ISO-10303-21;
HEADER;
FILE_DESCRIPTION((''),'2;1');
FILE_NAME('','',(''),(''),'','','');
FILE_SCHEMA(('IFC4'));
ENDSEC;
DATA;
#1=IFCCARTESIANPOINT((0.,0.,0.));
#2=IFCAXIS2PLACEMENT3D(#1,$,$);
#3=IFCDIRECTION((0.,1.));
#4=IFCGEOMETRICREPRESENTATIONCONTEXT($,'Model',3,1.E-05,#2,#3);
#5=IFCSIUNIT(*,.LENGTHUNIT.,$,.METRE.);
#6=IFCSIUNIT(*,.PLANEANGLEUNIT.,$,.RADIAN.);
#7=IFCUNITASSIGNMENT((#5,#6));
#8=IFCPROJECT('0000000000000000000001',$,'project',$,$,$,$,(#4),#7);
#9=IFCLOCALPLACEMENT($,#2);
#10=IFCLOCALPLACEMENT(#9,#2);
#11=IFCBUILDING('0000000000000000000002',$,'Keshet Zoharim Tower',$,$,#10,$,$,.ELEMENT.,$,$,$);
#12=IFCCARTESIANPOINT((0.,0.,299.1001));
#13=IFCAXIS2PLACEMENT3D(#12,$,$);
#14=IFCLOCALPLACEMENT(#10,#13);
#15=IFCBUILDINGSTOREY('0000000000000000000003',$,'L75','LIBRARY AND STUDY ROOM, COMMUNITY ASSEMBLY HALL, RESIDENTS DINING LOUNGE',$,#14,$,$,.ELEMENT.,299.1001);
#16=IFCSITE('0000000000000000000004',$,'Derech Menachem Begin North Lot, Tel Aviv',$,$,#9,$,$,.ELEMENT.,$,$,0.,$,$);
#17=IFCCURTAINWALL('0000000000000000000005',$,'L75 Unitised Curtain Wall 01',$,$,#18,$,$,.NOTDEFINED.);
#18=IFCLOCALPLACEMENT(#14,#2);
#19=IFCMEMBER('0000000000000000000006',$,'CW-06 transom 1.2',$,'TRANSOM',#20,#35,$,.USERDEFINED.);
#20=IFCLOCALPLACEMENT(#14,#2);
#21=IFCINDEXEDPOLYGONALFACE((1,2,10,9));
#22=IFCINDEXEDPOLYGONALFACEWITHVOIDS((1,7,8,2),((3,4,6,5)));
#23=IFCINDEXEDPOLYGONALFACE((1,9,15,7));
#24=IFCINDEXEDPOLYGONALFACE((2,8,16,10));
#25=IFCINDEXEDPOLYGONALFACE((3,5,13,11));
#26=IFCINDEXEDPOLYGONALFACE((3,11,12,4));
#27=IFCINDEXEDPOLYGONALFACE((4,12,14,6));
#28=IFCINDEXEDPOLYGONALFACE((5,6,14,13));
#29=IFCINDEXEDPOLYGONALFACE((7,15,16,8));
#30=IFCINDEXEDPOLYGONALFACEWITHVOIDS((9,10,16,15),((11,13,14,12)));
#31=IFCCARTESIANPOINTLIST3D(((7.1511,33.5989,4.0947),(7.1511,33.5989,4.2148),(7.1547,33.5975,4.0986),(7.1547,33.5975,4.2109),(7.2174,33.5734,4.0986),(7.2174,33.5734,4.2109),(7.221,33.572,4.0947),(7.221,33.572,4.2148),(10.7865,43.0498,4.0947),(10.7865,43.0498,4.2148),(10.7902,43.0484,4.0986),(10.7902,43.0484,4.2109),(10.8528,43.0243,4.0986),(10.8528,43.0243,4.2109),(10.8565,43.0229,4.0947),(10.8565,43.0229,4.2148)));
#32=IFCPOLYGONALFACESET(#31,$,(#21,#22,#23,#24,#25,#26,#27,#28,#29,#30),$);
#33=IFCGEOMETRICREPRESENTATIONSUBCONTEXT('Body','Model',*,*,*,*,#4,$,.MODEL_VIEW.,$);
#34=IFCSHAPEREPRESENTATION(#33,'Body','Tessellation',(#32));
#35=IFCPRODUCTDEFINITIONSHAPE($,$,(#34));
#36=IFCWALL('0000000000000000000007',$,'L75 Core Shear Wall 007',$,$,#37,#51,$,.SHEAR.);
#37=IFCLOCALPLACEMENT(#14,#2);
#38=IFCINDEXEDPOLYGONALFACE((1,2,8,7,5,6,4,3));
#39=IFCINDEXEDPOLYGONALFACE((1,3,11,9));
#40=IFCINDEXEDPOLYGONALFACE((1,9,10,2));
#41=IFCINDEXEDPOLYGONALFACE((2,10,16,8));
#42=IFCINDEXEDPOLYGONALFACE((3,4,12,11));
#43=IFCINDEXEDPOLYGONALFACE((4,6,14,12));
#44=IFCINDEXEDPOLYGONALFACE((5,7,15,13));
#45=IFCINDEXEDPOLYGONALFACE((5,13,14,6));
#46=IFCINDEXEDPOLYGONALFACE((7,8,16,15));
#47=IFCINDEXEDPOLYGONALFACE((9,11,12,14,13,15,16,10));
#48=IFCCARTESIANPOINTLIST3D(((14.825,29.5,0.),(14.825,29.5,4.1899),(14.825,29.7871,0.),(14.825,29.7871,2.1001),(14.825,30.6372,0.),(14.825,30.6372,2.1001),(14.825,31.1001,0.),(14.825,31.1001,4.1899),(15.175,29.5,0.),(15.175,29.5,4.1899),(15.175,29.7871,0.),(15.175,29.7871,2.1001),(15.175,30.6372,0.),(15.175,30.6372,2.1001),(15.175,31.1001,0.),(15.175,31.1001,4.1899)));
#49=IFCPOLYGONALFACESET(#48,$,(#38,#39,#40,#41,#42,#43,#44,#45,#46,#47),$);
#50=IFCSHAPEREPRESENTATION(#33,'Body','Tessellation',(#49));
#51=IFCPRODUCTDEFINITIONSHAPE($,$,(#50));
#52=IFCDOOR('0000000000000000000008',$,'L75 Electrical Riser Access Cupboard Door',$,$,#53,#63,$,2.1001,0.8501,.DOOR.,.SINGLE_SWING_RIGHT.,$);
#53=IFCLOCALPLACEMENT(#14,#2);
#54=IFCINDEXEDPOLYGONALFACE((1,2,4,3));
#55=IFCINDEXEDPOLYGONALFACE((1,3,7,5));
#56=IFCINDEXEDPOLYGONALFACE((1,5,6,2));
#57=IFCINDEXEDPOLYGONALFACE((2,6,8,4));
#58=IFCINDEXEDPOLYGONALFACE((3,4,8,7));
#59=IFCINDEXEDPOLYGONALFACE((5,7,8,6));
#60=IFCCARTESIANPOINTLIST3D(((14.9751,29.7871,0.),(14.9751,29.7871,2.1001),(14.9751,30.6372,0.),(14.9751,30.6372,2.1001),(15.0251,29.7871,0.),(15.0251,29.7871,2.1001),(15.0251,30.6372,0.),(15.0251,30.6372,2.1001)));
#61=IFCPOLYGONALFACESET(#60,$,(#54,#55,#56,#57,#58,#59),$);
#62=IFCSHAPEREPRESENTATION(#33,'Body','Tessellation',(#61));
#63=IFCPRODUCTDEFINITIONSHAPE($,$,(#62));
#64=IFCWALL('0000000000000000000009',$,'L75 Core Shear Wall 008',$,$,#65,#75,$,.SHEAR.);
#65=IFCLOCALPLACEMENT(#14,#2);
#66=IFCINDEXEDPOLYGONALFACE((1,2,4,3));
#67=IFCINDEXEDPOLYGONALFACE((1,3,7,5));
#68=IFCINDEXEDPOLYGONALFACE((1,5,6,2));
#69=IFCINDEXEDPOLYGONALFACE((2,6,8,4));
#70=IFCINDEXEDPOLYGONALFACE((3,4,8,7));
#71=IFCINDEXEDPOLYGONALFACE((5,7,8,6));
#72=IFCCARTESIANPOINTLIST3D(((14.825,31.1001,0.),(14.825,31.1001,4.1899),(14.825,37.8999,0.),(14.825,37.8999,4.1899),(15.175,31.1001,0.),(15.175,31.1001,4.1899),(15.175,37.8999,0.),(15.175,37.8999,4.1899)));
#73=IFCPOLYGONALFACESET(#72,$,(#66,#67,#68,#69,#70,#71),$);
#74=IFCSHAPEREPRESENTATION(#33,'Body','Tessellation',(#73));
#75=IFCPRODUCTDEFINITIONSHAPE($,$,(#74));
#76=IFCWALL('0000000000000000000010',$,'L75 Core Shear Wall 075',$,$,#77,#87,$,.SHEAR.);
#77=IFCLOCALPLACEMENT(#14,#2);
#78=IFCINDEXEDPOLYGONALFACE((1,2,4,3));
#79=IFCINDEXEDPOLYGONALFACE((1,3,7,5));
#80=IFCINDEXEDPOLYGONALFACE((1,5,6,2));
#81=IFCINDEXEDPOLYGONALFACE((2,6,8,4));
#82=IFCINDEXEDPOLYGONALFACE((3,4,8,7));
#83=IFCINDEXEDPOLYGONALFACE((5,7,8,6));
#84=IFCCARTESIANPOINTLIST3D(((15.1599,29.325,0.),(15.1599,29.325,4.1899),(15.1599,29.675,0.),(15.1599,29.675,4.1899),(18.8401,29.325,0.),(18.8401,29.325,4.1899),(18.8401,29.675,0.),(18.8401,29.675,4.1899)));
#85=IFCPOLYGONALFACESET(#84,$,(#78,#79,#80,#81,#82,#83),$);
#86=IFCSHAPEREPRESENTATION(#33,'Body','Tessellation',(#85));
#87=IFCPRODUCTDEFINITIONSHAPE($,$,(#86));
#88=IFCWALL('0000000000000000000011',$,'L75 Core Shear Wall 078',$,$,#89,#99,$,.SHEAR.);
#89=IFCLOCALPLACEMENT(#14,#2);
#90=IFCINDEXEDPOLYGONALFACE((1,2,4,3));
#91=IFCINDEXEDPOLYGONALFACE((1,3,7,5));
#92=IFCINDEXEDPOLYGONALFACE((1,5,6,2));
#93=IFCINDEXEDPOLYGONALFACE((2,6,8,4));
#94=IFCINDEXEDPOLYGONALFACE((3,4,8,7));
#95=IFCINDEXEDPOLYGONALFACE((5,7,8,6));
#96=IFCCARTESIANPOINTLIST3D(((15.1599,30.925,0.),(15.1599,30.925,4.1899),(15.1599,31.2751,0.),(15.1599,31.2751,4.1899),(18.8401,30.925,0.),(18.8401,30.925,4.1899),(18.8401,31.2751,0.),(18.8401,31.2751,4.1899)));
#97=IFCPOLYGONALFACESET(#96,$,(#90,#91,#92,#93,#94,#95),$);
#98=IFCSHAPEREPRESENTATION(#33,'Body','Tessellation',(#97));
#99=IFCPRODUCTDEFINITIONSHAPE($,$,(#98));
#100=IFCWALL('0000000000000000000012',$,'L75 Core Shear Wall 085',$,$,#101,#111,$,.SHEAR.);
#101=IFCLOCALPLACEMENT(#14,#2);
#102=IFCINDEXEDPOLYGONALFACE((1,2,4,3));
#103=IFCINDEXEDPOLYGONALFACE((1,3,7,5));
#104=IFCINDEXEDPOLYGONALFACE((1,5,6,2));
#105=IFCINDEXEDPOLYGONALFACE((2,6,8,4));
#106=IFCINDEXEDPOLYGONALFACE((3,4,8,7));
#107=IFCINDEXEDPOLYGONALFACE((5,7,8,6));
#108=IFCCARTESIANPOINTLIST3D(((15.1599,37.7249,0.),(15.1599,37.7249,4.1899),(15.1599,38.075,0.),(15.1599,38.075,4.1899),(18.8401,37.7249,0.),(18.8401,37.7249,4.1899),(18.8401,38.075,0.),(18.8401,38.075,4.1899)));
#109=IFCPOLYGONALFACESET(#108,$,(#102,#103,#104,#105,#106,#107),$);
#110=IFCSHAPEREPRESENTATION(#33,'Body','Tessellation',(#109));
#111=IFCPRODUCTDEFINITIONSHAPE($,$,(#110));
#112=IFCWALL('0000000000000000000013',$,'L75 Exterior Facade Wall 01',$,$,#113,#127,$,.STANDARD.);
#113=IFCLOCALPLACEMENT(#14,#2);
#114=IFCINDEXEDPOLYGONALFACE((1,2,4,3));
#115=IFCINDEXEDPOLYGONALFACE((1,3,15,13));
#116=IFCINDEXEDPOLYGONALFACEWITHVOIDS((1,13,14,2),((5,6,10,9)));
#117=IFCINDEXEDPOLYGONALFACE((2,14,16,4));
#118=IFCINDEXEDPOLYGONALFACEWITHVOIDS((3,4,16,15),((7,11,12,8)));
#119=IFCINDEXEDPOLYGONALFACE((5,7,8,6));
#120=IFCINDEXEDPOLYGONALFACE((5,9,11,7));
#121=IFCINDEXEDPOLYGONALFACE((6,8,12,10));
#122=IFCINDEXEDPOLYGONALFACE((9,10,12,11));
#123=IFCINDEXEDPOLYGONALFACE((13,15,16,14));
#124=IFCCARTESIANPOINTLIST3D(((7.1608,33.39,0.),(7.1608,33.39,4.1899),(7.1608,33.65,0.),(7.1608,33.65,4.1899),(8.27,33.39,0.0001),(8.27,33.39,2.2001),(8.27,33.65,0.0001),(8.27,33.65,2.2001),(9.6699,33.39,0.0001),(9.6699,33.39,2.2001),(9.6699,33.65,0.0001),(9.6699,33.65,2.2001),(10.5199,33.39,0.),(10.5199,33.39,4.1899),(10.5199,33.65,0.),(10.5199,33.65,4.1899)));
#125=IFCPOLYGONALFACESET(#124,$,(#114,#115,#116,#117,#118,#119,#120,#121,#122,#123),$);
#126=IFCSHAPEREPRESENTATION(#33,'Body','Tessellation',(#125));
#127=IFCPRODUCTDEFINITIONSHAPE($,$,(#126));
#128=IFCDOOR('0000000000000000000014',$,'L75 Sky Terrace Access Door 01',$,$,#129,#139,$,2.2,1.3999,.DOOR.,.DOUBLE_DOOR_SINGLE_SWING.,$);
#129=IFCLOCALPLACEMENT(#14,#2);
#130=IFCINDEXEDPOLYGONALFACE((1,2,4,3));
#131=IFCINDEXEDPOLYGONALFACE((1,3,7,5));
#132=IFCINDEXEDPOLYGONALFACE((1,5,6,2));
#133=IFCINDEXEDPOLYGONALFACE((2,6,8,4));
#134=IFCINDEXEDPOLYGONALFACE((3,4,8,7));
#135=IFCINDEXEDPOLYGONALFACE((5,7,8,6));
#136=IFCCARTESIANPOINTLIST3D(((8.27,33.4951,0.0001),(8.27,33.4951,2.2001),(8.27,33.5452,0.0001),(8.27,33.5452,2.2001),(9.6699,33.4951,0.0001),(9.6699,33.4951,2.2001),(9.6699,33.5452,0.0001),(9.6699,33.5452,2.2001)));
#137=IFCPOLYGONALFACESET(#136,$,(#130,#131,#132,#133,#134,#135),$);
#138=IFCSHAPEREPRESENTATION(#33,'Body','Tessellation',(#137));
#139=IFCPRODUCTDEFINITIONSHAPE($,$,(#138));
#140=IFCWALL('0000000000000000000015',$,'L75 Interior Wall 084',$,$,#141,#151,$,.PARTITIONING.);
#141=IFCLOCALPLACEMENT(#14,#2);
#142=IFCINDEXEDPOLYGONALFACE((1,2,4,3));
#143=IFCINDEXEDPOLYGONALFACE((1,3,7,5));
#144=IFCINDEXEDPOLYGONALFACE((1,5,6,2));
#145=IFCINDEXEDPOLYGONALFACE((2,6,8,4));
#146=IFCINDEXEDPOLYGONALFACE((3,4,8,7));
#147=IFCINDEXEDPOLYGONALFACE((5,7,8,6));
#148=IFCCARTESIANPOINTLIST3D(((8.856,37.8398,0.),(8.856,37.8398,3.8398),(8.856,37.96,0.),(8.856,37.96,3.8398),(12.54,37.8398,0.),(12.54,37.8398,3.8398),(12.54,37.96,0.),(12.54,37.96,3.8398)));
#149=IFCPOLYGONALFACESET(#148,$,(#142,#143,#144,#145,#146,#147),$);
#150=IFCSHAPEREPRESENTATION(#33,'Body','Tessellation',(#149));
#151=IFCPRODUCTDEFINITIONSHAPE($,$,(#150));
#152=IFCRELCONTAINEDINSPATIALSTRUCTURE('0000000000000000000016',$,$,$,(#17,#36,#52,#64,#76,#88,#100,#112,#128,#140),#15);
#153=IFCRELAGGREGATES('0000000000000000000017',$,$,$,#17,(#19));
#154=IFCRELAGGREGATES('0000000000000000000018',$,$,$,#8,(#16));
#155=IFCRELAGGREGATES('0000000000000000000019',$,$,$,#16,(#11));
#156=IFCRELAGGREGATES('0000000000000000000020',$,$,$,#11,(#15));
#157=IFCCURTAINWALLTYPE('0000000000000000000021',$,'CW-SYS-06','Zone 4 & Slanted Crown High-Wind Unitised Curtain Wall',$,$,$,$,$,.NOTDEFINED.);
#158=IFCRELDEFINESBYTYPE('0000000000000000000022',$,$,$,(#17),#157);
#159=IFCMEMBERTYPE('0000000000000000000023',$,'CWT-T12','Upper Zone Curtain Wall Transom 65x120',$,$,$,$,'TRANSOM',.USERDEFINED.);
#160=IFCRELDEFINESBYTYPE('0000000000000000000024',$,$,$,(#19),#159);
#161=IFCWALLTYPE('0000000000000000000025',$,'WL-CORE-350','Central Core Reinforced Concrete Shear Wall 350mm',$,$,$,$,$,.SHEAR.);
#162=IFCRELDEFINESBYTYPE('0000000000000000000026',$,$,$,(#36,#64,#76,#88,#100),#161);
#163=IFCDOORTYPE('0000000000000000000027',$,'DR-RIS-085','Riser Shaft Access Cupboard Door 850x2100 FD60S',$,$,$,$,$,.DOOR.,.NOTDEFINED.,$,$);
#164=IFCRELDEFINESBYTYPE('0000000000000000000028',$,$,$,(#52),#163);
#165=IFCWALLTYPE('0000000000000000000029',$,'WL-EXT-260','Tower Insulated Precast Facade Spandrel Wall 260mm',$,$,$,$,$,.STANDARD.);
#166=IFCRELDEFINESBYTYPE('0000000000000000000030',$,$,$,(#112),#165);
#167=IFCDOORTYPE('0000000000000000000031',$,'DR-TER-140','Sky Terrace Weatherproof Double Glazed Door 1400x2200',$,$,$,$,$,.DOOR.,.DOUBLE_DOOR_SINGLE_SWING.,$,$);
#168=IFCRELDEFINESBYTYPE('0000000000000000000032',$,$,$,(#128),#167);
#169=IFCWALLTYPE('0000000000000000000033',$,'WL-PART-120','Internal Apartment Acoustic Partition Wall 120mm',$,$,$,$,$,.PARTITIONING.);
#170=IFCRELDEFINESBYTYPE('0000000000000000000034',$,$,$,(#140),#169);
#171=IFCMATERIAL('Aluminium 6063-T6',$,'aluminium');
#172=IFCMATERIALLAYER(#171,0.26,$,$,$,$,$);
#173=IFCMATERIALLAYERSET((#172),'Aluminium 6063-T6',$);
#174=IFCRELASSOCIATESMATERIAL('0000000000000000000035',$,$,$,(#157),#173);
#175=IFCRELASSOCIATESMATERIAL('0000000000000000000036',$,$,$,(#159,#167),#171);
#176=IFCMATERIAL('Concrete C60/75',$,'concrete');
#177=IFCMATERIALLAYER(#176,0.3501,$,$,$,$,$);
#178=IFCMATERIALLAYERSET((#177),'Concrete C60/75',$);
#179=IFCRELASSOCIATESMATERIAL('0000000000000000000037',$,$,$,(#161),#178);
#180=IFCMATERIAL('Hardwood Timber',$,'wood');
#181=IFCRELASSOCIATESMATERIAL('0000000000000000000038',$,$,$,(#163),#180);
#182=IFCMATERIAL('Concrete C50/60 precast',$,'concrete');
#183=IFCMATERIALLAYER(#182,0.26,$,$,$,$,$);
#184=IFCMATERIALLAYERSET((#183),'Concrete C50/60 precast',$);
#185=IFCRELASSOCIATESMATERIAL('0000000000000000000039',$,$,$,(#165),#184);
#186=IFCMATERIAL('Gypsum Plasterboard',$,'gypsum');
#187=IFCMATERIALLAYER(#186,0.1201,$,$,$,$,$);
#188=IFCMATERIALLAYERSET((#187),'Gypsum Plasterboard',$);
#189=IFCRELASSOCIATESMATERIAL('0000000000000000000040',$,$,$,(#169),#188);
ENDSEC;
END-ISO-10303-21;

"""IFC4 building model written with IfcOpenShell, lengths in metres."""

from ifc_helpers import new_model, si_unit, direction, frame, frame_2d, origin, origin_2d, place, context, subcontext, project, spatial, rectangle, hollow_rectangle, extrude, material, layer, layer_set, material_profile, profile_set, type_object, element, fill, aggregate, save


model = new_model("IFC4")

# Units and contexts
model_context = context("Model", 3, precision=1e-05, world=origin(), true_north=direction((0.0, 1.0)))
body_context = subcontext(model_context, "Body", "Model", "MODEL_VIEW")
ifc_project = project(units=[si_unit("LENGTHUNIT", "METRE"), si_unit("PLANEANGLEUNIT", "RADIAN")], contexts=[model_context])

# Site, building, storey
site_placement = place(None, origin())
site = spatial("IfcSite", under=ifc_project, at=site_placement, Name="Derech Menachem Begin North Lot, Tel Aviv", CompositionType="ELEMENT", RefElevation=0.0)
building_placement = place(site_placement, origin())
building = spatial("IfcBuilding", under=site, at=building_placement, Name="Keshet Zoharim Tower", CompositionType="ELEMENT")
storey_placement = place(building_placement, frame((0.0, 0.0, 299.1001)))
storey = spatial("IfcBuildingStorey", under=building, at=storey_placement, Name="L75", Description="LIBRARY AND STUDY ROOM, COMMUNITY ASSEMBLY HALL, RESIDENTS DINING LOUNGE", CompositionType="ELEMENT", Elevation=299.1001)

# Curtain wall, member
ifc_material_1 = material(Name="Aluminium 6063-T6", Category="aluminium")
ifc_layer_1 = layer(ifc_material_1, 0.26)
ifc_layer_set_1 = layer_set([ifc_layer_1], Name="Aluminium 6063-T6")
curtain_wall_type = type_object("IfcCurtainWallType", Name="CW-SYS-06", Description="Zone 4 & Slanted Crown High-Wind Unitised Curtain Wall", PredefinedType="NOTDEFINED", material=ifc_layer_set_1)
curtain_wall_placement = place(storey_placement, origin())
curtain_wall = element("IfcCurtainWall", 1, at=curtain_wall_placement, inside=storey, type_object=curtain_wall_type, Name="L75 Unitised Curtain Wall 01", PredefinedType="NOTDEFINED")
ifc_material_profile_1 = material_profile(ifc_material_1, hollow_rectangle(XDim=0.075, YDim=0.1201, WallThickness=0.0039, at=origin_2d()), Name="TRN-75x120")
ifc_profile_set_1 = profile_set([ifc_material_profile_1], Name="Aluminium 6063-T6")
member_type_1 = type_object("IfcMemberType", Name="CWT-T12", Description="Upper Zone Curtain Wall Transom 65x120", ElementType="TRANSOM", PredefinedType="USERDEFINED", material=ifc_profile_set_1)
member_1_placement = place(storey_placement, frame((7.186, 33.5854, 4.1548), z_axis=(0.359024, 0.933328, 0.0), x_axis=(-0.933328, 0.359024, 0.0)))
member_1 = element("IfcMember", 2, at=member_1_placement, type_object=member_type_1, Name="CW-06 transom 1.2", ObjectType="TRANSOM", PredefinedType="USERDEFINED", context=body_context, shape_type="SweptSolid", body=[
    extrude(hollow_rectangle(XDim=0.075, YDim=0.1201, WallThickness=0.0039, at=origin_2d()), origin(), (0.0, 0.0, 1.0), 10.126),
])
aggregate(curtain_wall, [member_1])

# Wall, opening, door
ifc_material_2 = material(Name="Gypsum Plasterboard", Category="gypsum")
ifc_material_3 = material(Name="Hardwood Timber", Category="wood")
ifc_material_4 = material(Name="Concrete C60/75", Category="concrete")
ifc_layer_2 = layer(ifc_material_4, 0.3501)
ifc_layer_set_2 = layer_set([ifc_layer_2], Name="Concrete C60/75")
wall_type_1 = type_object("IfcWallType", Name="WL-CORE-350", Description="Central Core Reinforced Concrete Shear Wall 350mm", PredefinedType="SHEAR", material=ifc_layer_set_2)
wall_1_placement = place(storey_placement, frame((15.0, 29.5, 0.0), z_axis=(0.0, 0.0, 1.0), x_axis=(0.0, 1.0, 0.0)))
wall_1 = element("IfcWall", 3, at=wall_1_placement, inside=storey, type_object=wall_type_1, Name="L75 Core Shear Wall 007", PredefinedType="SHEAR", context=body_context, shape_type="SweptSolid", body=[
    extrude(rectangle(XDim=1.6001, YDim=0.3501, at=frame_2d((0.8, 0.0))), origin(), (0.0, 0.0, 1.0), 4.1899),
])
opening_1_placement = place(wall_1_placement, frame((0.2871, 0.0, 0.0)))
opening_1 = element("IfcOpeningElement", 4, at=opening_1_placement, cuts=wall_1, PredefinedType="OPENING", context=body_context, shape_type="SweptSolid", body=[
    extrude(rectangle(XDim=0.8501, YDim=2.1001, at=frame_2d((0.425, 1.05))), frame((0.0, 0.1851, 0.0), z_axis=(0.0, -1.0, 0.0), x_axis=(1.0, 0.0, 0.0)), (0.0, 0.0, 1.0), 0.3701),
])
door_type_1 = type_object("IfcDoorType", Name="DR-RIS-085", Description="Riser Shaft Access Cupboard Door 850x2100 FD60S", OperationType="NOTDEFINED", PredefinedType="DOOR", material=ifc_material_3)
door_1_placement = place(opening_1_placement, origin())
door_1 = element("IfcDoor", 5, at=door_1_placement, inside=storey, type_object=door_type_1, Name="L75 Electrical Riser Access Cupboard Door", OperationType="SINGLE_SWING_RIGHT", OverallHeight=2.1001, OverallWidth=0.8501, PredefinedType="DOOR", context=body_context, shape_type="SweptSolid", body=[
    extrude(rectangle(XDim=0.8501, YDim=2.1001, at=frame_2d((0.425, 1.05))), frame((0.0, 0.0249, 0.0), z_axis=(0.0, -1.0, 0.0), x_axis=(1.0, 0.0, 0.0)), (0.0, 0.0, 1.0), 0.05),
])
fill(opening_1, door_1)

# Walls
wall_2_placement = place(storey_placement, frame((15.0, 31.1001, 0.0), z_axis=(0.0, 0.0, 1.0), x_axis=(0.0, 1.0, 0.0)))
element("IfcWall", 6, at=wall_2_placement, inside=storey, type_object=wall_type_1, Name="L75 Core Shear Wall 008", PredefinedType="SHEAR", context=body_context, shape_type="SweptSolid", body=[
    extrude(rectangle(XDim=6.7998, YDim=0.3501, at=frame_2d((3.3999, 0.0))), origin(), (0.0, 0.0, 1.0), 4.1899),
])
for number, where, z_axis, x_axis, name in (
    (7, (15.1599, 29.5, 0.0), (0.0, 0.0, 1.0), (1.0, 0.0, 0.0), "L75 Core Shear Wall 075"),
    (8, (15.1599, 31.1001, 0.0), (0.0, 0.0, 1.0), (1.0, 0.0, 0.0), "L75 Core Shear Wall 078"),
    (9, (15.1599, 37.8999, 0.0), (0.0, 0.0, 1.0), (1.0, 0.0, 0.0), "L75 Core Shear Wall 085"),
):
    element("IfcWall", number, at=place(storey_placement, frame(where, z_axis=z_axis, x_axis=x_axis)), inside=storey, type_object=wall_type_1, Name=name, PredefinedType="SHEAR", context=body_context, shape_type="SweptSolid", body=[
        extrude(rectangle(XDim=3.6802, YDim=0.3501, at=frame_2d((1.8401, 0.0))), origin(), (0.0, 0.0, 1.0), 4.1899),
    ])

# Wall, opening, door
ifc_material_5 = material(Name="Concrete C50/60 precast", Category="concrete")
ifc_layer_3 = layer(ifc_material_5, 0.26)
ifc_layer_set_3 = layer_set([ifc_layer_3], Name="Concrete C50/60 precast")
wall_type_2 = type_object("IfcWallType", Name="WL-EXT-260", Description="Tower Insulated Precast Facade Spandrel Wall 260mm", PredefinedType="STANDARD", material=ifc_layer_set_3)
wall_3_placement = place(storey_placement, frame((10.52, 33.52, 0.0), z_axis=(0.0, 0.0, 1.0), x_axis=(-1.0, 0.0, 0.0)))
wall_3 = element("IfcWall", 10, at=wall_3_placement, inside=storey, type_object=wall_type_2, Name="L75 Exterior Facade Wall 01", PredefinedType="STANDARD", context=body_context, shape_type="SweptSolid", body=[
    extrude(rectangle(XDim=3.3591, YDim=0.26, at=frame_2d((1.6797, 0.0))), origin(), (0.0, 0.0, 1.0), 4.1899),
])
opening_2_placement = place(wall_3_placement, frame((0.8501, 0.0, 0.0)))
opening_2 = element("IfcOpeningElement", 11, at=opening_2_placement, cuts=wall_3, PredefinedType="OPENING", context=body_context, shape_type="SweptSolid", body=[
    extrude(rectangle(XDim=1.3999, YDim=2.2, at=frame_2d((0.7, 1.1001))), frame((0.0, 0.1401, 0.0), z_axis=(0.0, -1.0, 0.0), x_axis=(1.0, 0.0, 0.0)), (0.0, 0.0, 1.0), 0.28),
])
door_type_2 = type_object("IfcDoorType", Name="DR-TER-140", Description="Sky Terrace Weatherproof Double Glazed Door 1400x2200", OperationType="DOUBLE_DOOR_SINGLE_SWING", PredefinedType="DOOR", material=ifc_material_1)
door_2_placement = place(opening_2_placement, origin())
door_2 = element("IfcDoor", 12, at=door_2_placement, inside=storey, type_object=door_type_2, Name="L75 Sky Terrace Access Door 01", OperationType="DOUBLE_DOOR_SINGLE_SWING", OverallHeight=2.2, OverallWidth=1.3999, PredefinedType="DOOR", context=body_context, shape_type="SweptSolid", body=[
    extrude(rectangle(XDim=1.3999, YDim=2.2, at=frame_2d((0.7, 1.1001))), frame((0.0, 0.0249, 0.0), z_axis=(0.0, -1.0, 0.0), x_axis=(1.0, 0.0, 0.0)), (0.0, 0.0, 1.0), 0.05),
])
fill(opening_2, door_2)

# Wall
ifc_layer_4 = layer(ifc_material_2, 0.1201)
ifc_layer_set_4 = layer_set([ifc_layer_4], Name="Gypsum Plasterboard")
wall_type_3 = type_object("IfcWallType", Name="WL-PART-120", Description="Internal Apartment Acoustic Partition Wall 120mm", PredefinedType="PARTITIONING", material=ifc_layer_set_4)
wall_4_placement = place(storey_placement, frame((8.856, 37.8999, 0.0), z_axis=(0.0, 0.0, 1.0), x_axis=(1.0, 0.0, 0.0)))
element("IfcWall", 13, at=wall_4_placement, inside=storey, type_object=wall_type_3, Name="L75 Interior Wall 084", PredefinedType="PARTITIONING", context=body_context, shape_type="SweptSolid", body=[
    extrude(rectangle(XDim=3.6841, YDim=0.1201, at=frame_2d((1.842, 0.0))), origin(), (0.0, 0.0, 1.0), 3.8398),
])

save(model, "model.ifc")
